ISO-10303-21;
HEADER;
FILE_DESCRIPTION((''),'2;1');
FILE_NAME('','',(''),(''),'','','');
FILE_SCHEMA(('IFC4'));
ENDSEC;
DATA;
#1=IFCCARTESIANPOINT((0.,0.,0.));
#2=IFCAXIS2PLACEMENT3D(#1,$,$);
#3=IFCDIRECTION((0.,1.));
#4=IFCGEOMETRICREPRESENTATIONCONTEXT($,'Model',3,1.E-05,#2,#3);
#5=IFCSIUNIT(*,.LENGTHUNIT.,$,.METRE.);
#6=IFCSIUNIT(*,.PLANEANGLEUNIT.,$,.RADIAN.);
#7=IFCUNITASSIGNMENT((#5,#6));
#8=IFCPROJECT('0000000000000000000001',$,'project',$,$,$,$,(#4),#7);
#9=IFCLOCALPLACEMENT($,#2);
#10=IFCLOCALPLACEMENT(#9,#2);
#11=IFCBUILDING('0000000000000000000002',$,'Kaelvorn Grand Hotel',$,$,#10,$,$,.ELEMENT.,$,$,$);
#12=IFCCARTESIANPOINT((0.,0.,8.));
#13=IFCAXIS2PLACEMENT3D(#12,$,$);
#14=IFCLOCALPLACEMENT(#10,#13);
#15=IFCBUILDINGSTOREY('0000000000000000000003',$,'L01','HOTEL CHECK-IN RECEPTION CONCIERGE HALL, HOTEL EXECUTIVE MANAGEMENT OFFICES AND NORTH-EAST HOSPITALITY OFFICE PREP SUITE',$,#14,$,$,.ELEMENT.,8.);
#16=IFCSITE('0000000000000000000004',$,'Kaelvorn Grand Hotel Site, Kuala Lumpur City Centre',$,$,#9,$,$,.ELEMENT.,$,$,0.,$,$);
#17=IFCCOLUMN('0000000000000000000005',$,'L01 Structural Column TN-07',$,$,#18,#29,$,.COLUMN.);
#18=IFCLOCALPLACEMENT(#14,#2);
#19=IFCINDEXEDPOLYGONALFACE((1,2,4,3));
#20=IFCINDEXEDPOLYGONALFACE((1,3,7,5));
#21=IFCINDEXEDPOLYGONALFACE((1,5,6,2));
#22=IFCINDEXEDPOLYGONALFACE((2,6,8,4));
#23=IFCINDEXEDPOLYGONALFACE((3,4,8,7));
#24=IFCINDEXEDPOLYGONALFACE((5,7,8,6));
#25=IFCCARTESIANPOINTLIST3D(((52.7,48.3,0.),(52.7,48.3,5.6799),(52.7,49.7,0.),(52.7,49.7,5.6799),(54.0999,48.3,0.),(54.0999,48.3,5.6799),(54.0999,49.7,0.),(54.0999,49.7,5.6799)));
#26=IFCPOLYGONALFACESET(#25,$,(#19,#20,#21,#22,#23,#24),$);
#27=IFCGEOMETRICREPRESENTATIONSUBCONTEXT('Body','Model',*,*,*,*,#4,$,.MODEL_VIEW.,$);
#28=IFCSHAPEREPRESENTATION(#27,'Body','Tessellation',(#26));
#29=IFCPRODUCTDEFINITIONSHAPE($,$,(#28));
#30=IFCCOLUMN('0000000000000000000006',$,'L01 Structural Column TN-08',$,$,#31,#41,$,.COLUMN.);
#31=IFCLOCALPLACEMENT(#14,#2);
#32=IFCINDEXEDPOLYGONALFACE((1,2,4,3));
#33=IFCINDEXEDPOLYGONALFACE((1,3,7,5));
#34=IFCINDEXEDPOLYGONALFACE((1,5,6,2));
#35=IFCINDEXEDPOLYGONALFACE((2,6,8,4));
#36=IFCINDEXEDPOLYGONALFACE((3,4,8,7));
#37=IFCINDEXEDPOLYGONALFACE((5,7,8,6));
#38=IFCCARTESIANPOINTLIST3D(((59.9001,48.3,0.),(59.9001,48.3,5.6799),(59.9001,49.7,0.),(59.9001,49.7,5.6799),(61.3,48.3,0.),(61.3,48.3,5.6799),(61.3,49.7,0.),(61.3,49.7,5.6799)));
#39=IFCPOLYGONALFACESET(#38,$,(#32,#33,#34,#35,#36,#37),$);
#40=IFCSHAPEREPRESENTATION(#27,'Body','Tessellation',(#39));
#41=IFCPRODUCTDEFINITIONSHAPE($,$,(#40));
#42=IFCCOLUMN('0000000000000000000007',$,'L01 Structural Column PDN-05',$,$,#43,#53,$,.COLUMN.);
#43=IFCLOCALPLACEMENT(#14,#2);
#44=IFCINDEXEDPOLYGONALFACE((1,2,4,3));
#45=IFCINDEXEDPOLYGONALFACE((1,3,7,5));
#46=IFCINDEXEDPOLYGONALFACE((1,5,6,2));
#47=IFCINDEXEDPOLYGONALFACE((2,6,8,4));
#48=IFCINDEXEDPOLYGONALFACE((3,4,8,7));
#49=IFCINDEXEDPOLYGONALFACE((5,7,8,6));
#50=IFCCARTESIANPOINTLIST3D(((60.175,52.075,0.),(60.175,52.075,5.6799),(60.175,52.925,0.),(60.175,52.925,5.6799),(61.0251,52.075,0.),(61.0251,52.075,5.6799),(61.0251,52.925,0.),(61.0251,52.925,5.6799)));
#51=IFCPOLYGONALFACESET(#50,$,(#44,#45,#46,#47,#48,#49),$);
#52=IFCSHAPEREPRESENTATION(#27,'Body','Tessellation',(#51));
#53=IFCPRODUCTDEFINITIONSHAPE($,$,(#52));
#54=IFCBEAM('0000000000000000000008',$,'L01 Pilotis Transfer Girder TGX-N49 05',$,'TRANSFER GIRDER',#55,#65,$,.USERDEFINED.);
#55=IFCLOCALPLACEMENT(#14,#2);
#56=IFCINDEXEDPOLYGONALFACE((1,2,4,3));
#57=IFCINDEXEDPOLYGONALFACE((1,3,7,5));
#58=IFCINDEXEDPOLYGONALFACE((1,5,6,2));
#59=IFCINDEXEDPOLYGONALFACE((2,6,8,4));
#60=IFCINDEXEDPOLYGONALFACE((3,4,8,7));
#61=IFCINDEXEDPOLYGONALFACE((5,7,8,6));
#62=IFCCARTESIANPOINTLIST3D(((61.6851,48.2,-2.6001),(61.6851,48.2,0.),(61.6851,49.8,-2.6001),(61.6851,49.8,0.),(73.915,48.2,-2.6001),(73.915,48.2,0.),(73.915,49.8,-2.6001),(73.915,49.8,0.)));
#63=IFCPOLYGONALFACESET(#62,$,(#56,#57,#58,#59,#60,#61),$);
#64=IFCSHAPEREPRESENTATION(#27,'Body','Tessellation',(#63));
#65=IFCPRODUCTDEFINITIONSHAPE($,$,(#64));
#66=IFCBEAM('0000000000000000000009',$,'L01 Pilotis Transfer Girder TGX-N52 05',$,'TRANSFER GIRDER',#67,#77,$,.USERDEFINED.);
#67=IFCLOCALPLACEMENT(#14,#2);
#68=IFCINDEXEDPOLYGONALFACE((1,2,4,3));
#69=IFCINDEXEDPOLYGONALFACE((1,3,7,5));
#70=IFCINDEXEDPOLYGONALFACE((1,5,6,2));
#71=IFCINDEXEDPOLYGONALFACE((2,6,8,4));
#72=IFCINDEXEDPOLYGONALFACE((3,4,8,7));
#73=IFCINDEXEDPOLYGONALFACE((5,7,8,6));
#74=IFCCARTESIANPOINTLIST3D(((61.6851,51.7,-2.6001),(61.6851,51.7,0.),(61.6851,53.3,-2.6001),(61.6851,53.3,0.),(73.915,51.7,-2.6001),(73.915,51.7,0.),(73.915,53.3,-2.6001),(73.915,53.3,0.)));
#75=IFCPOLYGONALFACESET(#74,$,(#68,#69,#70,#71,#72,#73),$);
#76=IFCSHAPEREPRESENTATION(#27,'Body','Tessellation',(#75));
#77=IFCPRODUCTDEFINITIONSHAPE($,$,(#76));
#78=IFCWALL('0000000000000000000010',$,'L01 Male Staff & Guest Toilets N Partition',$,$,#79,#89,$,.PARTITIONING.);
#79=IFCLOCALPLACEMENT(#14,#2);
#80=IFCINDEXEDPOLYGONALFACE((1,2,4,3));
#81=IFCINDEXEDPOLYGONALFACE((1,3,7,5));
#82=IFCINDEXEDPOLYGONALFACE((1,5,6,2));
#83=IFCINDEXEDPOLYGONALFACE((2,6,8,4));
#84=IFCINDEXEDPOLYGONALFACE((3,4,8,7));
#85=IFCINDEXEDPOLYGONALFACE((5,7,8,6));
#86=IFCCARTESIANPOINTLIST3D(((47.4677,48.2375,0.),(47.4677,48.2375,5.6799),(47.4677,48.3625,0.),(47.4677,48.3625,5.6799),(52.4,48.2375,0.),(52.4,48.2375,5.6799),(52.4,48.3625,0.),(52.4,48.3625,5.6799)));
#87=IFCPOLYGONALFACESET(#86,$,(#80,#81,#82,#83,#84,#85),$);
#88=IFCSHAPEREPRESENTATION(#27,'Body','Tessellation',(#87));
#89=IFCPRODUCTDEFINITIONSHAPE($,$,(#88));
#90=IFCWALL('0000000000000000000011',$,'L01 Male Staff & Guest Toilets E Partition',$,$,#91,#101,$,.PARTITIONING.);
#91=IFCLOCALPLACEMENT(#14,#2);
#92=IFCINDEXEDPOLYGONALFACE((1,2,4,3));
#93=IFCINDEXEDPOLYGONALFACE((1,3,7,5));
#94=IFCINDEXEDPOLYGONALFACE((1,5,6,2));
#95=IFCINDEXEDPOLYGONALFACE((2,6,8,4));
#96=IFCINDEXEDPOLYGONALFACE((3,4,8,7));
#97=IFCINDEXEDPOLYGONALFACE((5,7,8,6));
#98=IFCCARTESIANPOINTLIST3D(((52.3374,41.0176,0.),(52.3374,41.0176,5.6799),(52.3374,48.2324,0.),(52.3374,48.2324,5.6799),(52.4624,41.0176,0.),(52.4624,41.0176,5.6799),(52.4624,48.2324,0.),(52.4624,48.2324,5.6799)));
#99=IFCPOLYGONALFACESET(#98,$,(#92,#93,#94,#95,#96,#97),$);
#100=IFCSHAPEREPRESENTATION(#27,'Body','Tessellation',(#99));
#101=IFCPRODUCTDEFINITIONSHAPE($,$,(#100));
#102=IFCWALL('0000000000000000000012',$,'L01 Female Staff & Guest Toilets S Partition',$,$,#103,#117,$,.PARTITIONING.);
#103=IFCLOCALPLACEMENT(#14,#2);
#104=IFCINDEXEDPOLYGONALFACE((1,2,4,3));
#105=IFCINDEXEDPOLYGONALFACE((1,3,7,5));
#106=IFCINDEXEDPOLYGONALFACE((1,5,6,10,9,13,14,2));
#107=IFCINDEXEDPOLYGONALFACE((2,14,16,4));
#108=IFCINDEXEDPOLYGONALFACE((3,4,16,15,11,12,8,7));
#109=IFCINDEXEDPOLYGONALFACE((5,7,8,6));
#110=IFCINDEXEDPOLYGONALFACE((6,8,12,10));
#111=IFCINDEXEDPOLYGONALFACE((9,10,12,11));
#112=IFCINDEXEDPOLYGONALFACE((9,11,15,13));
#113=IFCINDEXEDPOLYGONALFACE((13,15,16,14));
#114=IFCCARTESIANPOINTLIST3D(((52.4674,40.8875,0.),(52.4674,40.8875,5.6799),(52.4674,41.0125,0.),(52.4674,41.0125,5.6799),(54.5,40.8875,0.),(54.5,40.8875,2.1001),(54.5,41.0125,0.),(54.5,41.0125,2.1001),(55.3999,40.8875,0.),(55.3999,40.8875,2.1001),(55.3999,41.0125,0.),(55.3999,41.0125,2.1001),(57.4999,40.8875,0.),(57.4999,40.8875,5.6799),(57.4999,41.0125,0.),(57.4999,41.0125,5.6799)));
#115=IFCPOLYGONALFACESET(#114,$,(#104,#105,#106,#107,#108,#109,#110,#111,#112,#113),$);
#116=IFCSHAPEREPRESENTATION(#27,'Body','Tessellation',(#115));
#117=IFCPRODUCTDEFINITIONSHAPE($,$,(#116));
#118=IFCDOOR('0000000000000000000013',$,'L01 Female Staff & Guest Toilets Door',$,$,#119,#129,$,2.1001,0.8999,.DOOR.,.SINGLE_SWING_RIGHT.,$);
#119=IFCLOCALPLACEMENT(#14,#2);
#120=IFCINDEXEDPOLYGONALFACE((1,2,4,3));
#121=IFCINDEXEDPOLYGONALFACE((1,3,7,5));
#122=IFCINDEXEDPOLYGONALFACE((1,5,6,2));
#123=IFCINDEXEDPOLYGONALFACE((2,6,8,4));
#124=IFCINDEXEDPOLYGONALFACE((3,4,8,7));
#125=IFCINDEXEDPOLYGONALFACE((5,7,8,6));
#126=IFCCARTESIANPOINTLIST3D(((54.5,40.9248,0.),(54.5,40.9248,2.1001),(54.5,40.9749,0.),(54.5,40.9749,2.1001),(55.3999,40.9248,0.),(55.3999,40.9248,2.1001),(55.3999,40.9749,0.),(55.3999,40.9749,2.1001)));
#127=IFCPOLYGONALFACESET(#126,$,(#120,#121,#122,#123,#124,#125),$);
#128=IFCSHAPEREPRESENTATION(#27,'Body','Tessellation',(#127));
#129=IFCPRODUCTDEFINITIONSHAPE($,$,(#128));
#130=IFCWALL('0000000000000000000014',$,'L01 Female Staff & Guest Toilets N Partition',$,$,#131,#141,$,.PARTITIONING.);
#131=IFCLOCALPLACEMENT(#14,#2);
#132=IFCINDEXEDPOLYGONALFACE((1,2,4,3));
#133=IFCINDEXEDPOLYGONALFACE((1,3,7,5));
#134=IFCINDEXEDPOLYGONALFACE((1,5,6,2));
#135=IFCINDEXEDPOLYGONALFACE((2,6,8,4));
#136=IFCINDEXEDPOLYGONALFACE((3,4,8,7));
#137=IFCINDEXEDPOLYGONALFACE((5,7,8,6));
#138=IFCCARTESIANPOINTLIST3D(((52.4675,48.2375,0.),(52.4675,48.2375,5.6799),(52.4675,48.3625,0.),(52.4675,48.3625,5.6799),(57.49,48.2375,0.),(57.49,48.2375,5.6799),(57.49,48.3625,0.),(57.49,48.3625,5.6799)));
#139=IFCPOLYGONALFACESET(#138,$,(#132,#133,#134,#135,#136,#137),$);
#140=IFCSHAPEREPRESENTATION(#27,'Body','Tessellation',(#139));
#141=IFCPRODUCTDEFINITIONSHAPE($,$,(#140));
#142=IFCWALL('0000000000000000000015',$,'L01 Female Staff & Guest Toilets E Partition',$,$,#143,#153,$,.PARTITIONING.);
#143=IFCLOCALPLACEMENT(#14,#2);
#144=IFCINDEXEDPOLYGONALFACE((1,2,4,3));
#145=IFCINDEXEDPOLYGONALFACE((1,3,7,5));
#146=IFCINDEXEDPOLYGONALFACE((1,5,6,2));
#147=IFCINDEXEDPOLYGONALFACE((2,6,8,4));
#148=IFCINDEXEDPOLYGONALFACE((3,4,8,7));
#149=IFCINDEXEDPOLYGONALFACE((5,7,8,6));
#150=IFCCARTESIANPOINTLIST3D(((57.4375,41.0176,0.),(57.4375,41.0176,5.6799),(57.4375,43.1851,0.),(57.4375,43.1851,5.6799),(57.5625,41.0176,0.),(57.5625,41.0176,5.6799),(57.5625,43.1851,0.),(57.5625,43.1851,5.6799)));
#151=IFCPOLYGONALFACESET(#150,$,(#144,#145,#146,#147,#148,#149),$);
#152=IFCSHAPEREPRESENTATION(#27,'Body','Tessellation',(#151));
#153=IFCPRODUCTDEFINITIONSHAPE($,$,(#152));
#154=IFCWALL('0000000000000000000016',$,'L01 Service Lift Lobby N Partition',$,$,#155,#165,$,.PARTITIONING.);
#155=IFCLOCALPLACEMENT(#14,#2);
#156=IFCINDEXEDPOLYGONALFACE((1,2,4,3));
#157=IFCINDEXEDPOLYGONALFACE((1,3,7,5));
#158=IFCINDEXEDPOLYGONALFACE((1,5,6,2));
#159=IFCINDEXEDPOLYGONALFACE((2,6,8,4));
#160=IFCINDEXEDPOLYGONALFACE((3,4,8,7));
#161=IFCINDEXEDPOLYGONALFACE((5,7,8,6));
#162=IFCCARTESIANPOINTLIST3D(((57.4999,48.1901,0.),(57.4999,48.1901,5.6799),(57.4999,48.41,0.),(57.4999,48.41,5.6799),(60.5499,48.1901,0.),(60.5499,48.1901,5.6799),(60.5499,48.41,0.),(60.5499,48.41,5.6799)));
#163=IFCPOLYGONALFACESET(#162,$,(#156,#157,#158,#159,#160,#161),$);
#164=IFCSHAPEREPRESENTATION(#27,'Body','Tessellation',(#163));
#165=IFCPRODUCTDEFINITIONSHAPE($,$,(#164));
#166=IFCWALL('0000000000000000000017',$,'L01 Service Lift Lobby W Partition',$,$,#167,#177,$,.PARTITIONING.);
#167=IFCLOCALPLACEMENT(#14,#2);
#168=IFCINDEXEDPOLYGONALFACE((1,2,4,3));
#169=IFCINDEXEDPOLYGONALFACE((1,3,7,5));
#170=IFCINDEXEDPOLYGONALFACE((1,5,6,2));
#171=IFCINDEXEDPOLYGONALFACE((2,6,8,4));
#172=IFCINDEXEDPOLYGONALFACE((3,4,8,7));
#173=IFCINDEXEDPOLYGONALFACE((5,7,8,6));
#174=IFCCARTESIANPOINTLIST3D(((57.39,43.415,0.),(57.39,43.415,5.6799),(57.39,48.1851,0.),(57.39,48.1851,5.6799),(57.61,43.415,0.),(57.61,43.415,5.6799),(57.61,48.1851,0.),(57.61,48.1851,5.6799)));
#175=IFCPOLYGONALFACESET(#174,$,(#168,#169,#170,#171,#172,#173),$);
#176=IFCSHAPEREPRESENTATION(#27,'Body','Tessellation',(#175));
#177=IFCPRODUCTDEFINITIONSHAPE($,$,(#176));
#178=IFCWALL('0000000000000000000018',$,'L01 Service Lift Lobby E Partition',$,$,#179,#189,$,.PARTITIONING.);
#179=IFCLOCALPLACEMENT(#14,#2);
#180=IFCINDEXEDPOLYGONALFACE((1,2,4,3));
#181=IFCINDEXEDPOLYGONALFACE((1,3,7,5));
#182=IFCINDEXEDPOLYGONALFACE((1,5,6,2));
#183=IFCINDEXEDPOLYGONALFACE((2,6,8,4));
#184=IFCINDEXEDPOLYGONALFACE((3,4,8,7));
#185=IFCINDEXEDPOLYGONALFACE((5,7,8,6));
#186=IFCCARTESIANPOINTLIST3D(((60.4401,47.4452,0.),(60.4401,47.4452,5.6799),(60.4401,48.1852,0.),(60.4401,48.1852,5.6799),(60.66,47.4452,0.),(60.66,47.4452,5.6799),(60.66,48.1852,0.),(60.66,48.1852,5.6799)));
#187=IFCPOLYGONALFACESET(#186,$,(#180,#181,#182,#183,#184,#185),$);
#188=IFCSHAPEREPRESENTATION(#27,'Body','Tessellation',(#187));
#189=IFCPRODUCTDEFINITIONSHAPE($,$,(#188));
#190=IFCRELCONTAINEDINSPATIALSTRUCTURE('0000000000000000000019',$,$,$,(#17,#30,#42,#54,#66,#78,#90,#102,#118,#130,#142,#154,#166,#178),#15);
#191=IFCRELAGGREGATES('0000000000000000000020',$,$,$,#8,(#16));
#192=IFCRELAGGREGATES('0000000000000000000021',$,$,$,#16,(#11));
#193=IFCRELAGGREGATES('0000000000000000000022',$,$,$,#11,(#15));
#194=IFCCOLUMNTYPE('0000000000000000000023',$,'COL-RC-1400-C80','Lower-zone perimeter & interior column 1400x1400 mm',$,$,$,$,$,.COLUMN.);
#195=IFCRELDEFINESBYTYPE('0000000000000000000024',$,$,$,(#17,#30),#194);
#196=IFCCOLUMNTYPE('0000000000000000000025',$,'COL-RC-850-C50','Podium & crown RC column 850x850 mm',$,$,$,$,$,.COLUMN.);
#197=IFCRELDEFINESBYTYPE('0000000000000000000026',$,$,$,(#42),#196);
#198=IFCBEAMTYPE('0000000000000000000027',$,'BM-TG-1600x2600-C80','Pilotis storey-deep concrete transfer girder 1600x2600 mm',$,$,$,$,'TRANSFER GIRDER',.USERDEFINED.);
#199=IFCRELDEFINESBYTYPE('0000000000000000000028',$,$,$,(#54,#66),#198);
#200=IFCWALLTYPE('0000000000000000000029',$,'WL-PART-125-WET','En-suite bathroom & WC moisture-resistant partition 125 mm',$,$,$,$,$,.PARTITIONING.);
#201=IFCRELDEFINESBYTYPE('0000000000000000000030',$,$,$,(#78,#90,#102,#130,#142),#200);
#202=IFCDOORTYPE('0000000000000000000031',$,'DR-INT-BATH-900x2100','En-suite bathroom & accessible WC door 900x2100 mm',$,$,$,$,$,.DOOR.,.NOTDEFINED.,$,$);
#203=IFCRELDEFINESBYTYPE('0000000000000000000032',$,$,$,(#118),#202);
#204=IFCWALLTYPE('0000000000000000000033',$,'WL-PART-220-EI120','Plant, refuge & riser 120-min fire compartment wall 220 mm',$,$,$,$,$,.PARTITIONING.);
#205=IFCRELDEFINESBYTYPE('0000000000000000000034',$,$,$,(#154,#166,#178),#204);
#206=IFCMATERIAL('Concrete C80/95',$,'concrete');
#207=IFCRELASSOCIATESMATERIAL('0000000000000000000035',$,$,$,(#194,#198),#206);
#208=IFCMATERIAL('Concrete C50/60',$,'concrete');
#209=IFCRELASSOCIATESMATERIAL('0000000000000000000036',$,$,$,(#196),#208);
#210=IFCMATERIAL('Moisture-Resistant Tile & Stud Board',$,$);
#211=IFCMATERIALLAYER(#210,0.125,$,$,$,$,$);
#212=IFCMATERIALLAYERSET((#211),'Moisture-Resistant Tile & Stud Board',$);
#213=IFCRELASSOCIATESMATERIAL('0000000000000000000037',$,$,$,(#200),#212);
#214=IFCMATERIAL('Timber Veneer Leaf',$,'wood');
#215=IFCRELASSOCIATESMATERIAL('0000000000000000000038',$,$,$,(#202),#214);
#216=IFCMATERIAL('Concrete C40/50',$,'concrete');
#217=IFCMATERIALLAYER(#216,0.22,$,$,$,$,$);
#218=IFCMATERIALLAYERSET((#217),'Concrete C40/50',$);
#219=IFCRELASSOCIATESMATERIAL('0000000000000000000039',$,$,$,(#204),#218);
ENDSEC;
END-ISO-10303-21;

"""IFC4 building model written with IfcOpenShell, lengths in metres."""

from ifc_helpers import new_model, si_unit, direction, frame, frame_2d, origin, origin_2d, place, context, subcontext, project, spatial, rectangle, extrude, material, layer, layer_set, material_profile, profile_set, type_object, element, fill, save


model = new_model("IFC4")

# Units and contexts
model_context = context("Model", 3, precision=1e-05, world=origin(), true_north=direction((0.0, 1.0)))
body_context = subcontext(model_context, "Body", "Model", "MODEL_VIEW")
ifc_project = project(units=[si_unit("LENGTHUNIT", "METRE"), si_unit("PLANEANGLEUNIT", "RADIAN")], contexts=[model_context])

# Site, building, storey
site_placement = place(None, origin())
site = spatial("IfcSite", under=ifc_project, at=site_placement, Name="Kaelvorn Grand Hotel Site, Kuala Lumpur City Centre", CompositionType="ELEMENT", RefElevation=0.0)
building_placement = place(site_placement, origin())
building = spatial("IfcBuilding", under=site, at=building_placement, Name="Kaelvorn Grand Hotel", CompositionType="ELEMENT")
storey_placement = place(building_placement, frame((0.0, 0.0, 8.0)))
storey = spatial("IfcBuildingStorey", under=building, at=storey_placement, Name="L01", Description="HOTEL CHECK-IN RECEPTION CONCIERGE HALL, HOTEL EXECUTIVE MANAGEMENT OFFICES AND NORTH-EAST HOSPITALITY OFFICE PREP SUITE", CompositionType="ELEMENT", Elevation=8.0)

# Columns
ifc_material_1 = material(Name="Concrete C80/95", Category="concrete")
ifc_material_profile_1 = material_profile(ifc_material_1, rectangle(XDim=1.3999, YDim=1.3999, at=origin_2d()), Name="RC COL 1400x1400")
ifc_profile_set_1 = profile_set([ifc_material_profile_1], Name="Concrete C80/95")
column_type_1 = type_object("IfcColumnType", Name="COL-RC-1400-C80", Description="Lower-zone perimeter & interior column 1400x1400 mm", PredefinedType="COLUMN", material=ifc_profile_set_1)
for number, where, z_axis, x_axis, name in (
    (1, (53.3999, 49.0, 0.0), (0.0, 0.0, 1.0), (1.0, 0.0, 0.0), "L01 Structural Column TN-07"),
    (2, (60.6001, 49.0, 0.0), (0.0, 0.0, 1.0), (1.0, 0.0, 0.0), "L01 Structural Column TN-08"),
):
    element("IfcColumn", number, at=place(storey_placement, frame(where, z_axis=z_axis, x_axis=x_axis)), inside=storey, type_object=column_type_1, Name=name, PredefinedType="COLUMN", context=body_context, shape_type="SweptSolid", body=[
        extrude(rectangle(XDim=1.3999, YDim=1.3999, at=origin_2d()), origin(), (0.0, 0.0, 1.0), 5.6799),
    ])
ifc_material_2 = material(Name="Concrete C50/60", Category="concrete")
ifc_material_profile_2 = material_profile(ifc_material_2, rectangle(XDim=0.8501, YDim=0.8501, at=origin_2d()), Name="RC COL 850x850")
ifc_profile_set_2 = profile_set([ifc_material_profile_2], Name="Concrete C50/60")
column_type_2 = type_object("IfcColumnType", Name="COL-RC-850-C50", Description="Podium & crown RC column 850x850 mm", PredefinedType="COLUMN", material=ifc_profile_set_2)
column_placement = place(storey_placement, frame((60.6001, 52.5, 0.0), z_axis=(0.0, 0.0, 1.0), x_axis=(1.0, 0.0, 0.0)))
element("IfcColumn", 3, at=column_placement, inside=storey, type_object=column_type_2, Name="L01 Structural Column PDN-05", PredefinedType="COLUMN", context=body_context, shape_type="SweptSolid", body=[
    extrude(rectangle(XDim=0.8501, YDim=0.8501, at=origin_2d()), origin(), (0.0, 0.0, 1.0), 5.6799),
])

# Beams
ifc_material_profile_3 = material_profile(ifc_material_1, rectangle(XDim=1.6001, YDim=2.6001, at=origin_2d()), Name="RC TG 1600x2600")
ifc_profile_set_3 = profile_set([ifc_material_profile_3], Name="Concrete C80/95")
beam_type = type_object("IfcBeamType", Name="BM-TG-1600x2600-C80", Description="Pilotis storey-deep concrete transfer girder 1600x2600 mm", ElementType="TRANSFER GIRDER", PredefinedType="USERDEFINED", material=ifc_profile_set_3)
for number, where, z_axis, x_axis, name in (
    (4, (61.6851, 49.0, -1.3), (1.0, 0.0, 0.0), (0.0, 1.0, 0.0), "L01 Pilotis Transfer Girder TGX-N49 05"),
    (5, (61.6851, 52.5, -1.3), (1.0, 0.0, 0.0), (0.0, 1.0, 0.0), "L01 Pilotis Transfer Girder TGX-N52 05"),
):
    element("IfcBeam", number, at=place(storey_placement, frame(where, z_axis=z_axis, x_axis=x_axis)), inside=storey, type_object=beam_type, Name=name, ObjectType="TRANSFER GIRDER", PredefinedType="USERDEFINED", context=body_context, shape_type="SweptSolid", body=[
        extrude(rectangle(XDim=1.6001, YDim=2.6001, at=origin_2d()), origin(), (0.0, 0.0, 1.0), 12.23),
    ])

# Walls
ifc_material_3 = material(Name="Moisture-Resistant Tile & Stud Board")
ifc_layer_1 = layer(ifc_material_3, 0.125)
ifc_layer_set_1 = layer_set([ifc_layer_1], Name="Moisture-Resistant Tile & Stud Board")
wall_type_1 = type_object("IfcWallType", Name="WL-PART-125-WET", Description="En-suite bathroom & WC moisture-resistant partition 125 mm", PredefinedType="PARTITIONING", material=ifc_layer_set_1)
wall_1_placement = place(storey_placement, frame((47.4675, 48.3, 0.0), z_axis=(0.0, 0.0, 1.0), x_axis=(1.0, 0.0, 0.0)))
element("IfcWall", 6, at=wall_1_placement, inside=storey, type_object=wall_type_1, Name="L01 Male Staff & Guest Toilets N Partition", PredefinedType="PARTITIONING", context=body_context, shape_type="SweptSolid", body=[
    extrude(rectangle(XDim=4.9324, YDim=0.125, at=frame_2d((2.4663, 0.0))), origin(), (0.0, 0.0, 1.0), 5.6799),
])
wall_2_placement = place(storey_placement, frame((52.3999, 41.0176, 0.0), z_axis=(0.0, 0.0, 1.0), x_axis=(0.0, 1.0, 0.0)))
element("IfcWall", 7, at=wall_2_placement, inside=storey, type_object=wall_type_1, Name="L01 Male Staff & Guest Toilets E Partition", PredefinedType="PARTITIONING", context=body_context, shape_type="SweptSolid", body=[
    extrude(rectangle(XDim=7.2148, YDim=0.125, at=frame_2d((3.6074, 0.0))), origin(), (0.0, 0.0, 1.0), 5.6799),
])

# Wall, opening, door
wall_3_placement = place(storey_placement, frame((52.4675, 40.95, 0.0), z_axis=(0.0, 0.0, 1.0), x_axis=(1.0, 0.0, 0.0)))
wall_3 = element("IfcWall", 8, at=wall_3_placement, inside=storey, type_object=wall_type_1, Name="L01 Female Staff & Guest Toilets S Partition", PredefinedType="PARTITIONING", context=body_context, shape_type="SweptSolid", body=[
    extrude(rectangle(XDim=5.0325, YDim=0.125, at=frame_2d((2.5161, 0.0))), origin(), (0.0, 0.0, 1.0), 5.6799),
])
opening_1_placement = place(wall_3_placement, frame((2.0325, 0.0, 0.0)))
opening_1 = element("IfcOpeningElement", 9, at=opening_1_placement, cuts=wall_3, PredefinedType="OPENING", context=body_context, shape_type="SweptSolid", body=[
    extrude(rectangle(XDim=0.8999, YDim=2.1001, at=frame_2d((0.45, 1.05))), frame((0.0, 0.0725, 0.0), z_axis=(0.0, -1.0, 0.0), x_axis=(1.0, 0.0, 0.0)), (0.0, 0.0, 1.0), 0.145),
])
ifc_material_4 = material(Name="Timber Veneer Leaf", Category="wood")
door_type_1 = type_object("IfcDoorType", Name="DR-INT-BATH-900x2100", Description="En-suite bathroom & accessible WC door 900x2100 mm", OperationType="NOTDEFINED", PredefinedType="DOOR", material=ifc_material_4)
door_1_placement = place(opening_1_placement, origin())
door_1 = element("IfcDoor", 10, at=door_1_placement, inside=storey, type_object=door_type_1, Name="L01 Female Staff & Guest Toilets Door", OperationType="SINGLE_SWING_RIGHT", OverallHeight=2.1001, OverallWidth=0.8999, PredefinedType="DOOR", context=body_context, shape_type="SweptSolid", body=[
    extrude(rectangle(XDim=0.8999, YDim=2.1001, at=frame_2d((0.45, 1.05))), frame((0.0, 0.0249, 0.0), z_axis=(0.0, -1.0, 0.0), x_axis=(1.0, 0.0, 0.0)), (0.0, 0.0, 1.0), 0.05),
])
fill(opening_1, door_1)

# Walls
wall_4_placement = place(storey_placement, frame((52.4675, 48.3, 0.0), z_axis=(0.0, 0.0, 1.0), x_axis=(1.0, 0.0, 0.0)))
element("IfcWall", 11, at=wall_4_placement, inside=storey, type_object=wall_type_1, Name="L01 Female Staff & Guest Toilets N Partition", PredefinedType="PARTITIONING", context=body_context, shape_type="SweptSolid", body=[
    extrude(rectangle(XDim=5.0225, YDim=0.125, at=frame_2d((2.5112, 0.0))), origin(), (0.0, 0.0, 1.0), 5.6799),
])
wall_5_placement = place(storey_placement, frame((57.5, 41.0176, 0.0), z_axis=(0.0, 0.0, 1.0), x_axis=(0.0, 1.0, 0.0)))
element("IfcWall", 12, at=wall_5_placement, inside=storey, type_object=wall_type_1, Name="L01 Female Staff & Guest Toilets E Partition", PredefinedType="PARTITIONING", context=body_context, shape_type="SweptSolid", body=[
    extrude(rectangle(XDim=2.1675, YDim=0.125, at=frame_2d((1.0837, 0.0))), origin(), (0.0, 0.0, 1.0), 5.6799),
])

# Shared definitions
ifc_material_5 = material(Name="Concrete C40/50", Category="concrete")
ifc_layer_2 = layer(ifc_material_5, 0.22)
ifc_layer_set_2 = layer_set([ifc_layer_2], Name="Concrete C40/50")
wall_type_2 = type_object("IfcWallType", Name="WL-PART-220-EI120", Description="Plant, refuge & riser 120-min fire compartment wall 220 mm", PredefinedType="PARTITIONING", material=ifc_layer_set_2)

# Walls
wall_6_placement = place(storey_placement, frame((57.5, 48.3, 0.0), z_axis=(0.0, 0.0, 1.0), x_axis=(1.0, 0.0, 0.0)))
element("IfcWall", 13, at=wall_6_placement, inside=storey, type_object=wall_type_2, Name="L01 Service Lift Lobby N Partition", PredefinedType="PARTITIONING", context=body_context, shape_type="SweptSolid", body=[
    extrude(rectangle(XDim=3.05, YDim=0.22, at=frame_2d((1.5249, 0.0))), origin(), (0.0, 0.0, 1.0), 5.6799),
])
wall_7_placement = place(storey_placement, frame((57.5, 43.415, 0.0), z_axis=(0.0, 0.0, 1.0), x_axis=(0.0, 1.0, 0.0)))
element("IfcWall", 14, at=wall_7_placement, inside=storey, type_object=wall_type_2, Name="L01 Service Lift Lobby W Partition", PredefinedType="PARTITIONING", context=body_context, shape_type="SweptSolid", body=[
    extrude(rectangle(XDim=4.77, YDim=0.22, at=frame_2d((2.385, 0.0))), origin(), (0.0, 0.0, 1.0), 5.6799),
])
wall_8_placement = place(storey_placement, frame((60.55, 47.4451, 0.0), z_axis=(0.0, 0.0, 1.0), x_axis=(0.0, 1.0, 0.0)))
element("IfcWall", 15, at=wall_8_placement, inside=storey, type_object=wall_type_2, Name="L01 Service Lift Lobby E Partition", PredefinedType="PARTITIONING", context=body_context, shape_type="SweptSolid", body=[
    extrude(rectangle(XDim=0.74, YDim=0.22, at=frame_2d((0.3701, 0.0))), origin(), (0.0, 0.0, 1.0), 5.6799),
])

save(model, "model.ifc")
